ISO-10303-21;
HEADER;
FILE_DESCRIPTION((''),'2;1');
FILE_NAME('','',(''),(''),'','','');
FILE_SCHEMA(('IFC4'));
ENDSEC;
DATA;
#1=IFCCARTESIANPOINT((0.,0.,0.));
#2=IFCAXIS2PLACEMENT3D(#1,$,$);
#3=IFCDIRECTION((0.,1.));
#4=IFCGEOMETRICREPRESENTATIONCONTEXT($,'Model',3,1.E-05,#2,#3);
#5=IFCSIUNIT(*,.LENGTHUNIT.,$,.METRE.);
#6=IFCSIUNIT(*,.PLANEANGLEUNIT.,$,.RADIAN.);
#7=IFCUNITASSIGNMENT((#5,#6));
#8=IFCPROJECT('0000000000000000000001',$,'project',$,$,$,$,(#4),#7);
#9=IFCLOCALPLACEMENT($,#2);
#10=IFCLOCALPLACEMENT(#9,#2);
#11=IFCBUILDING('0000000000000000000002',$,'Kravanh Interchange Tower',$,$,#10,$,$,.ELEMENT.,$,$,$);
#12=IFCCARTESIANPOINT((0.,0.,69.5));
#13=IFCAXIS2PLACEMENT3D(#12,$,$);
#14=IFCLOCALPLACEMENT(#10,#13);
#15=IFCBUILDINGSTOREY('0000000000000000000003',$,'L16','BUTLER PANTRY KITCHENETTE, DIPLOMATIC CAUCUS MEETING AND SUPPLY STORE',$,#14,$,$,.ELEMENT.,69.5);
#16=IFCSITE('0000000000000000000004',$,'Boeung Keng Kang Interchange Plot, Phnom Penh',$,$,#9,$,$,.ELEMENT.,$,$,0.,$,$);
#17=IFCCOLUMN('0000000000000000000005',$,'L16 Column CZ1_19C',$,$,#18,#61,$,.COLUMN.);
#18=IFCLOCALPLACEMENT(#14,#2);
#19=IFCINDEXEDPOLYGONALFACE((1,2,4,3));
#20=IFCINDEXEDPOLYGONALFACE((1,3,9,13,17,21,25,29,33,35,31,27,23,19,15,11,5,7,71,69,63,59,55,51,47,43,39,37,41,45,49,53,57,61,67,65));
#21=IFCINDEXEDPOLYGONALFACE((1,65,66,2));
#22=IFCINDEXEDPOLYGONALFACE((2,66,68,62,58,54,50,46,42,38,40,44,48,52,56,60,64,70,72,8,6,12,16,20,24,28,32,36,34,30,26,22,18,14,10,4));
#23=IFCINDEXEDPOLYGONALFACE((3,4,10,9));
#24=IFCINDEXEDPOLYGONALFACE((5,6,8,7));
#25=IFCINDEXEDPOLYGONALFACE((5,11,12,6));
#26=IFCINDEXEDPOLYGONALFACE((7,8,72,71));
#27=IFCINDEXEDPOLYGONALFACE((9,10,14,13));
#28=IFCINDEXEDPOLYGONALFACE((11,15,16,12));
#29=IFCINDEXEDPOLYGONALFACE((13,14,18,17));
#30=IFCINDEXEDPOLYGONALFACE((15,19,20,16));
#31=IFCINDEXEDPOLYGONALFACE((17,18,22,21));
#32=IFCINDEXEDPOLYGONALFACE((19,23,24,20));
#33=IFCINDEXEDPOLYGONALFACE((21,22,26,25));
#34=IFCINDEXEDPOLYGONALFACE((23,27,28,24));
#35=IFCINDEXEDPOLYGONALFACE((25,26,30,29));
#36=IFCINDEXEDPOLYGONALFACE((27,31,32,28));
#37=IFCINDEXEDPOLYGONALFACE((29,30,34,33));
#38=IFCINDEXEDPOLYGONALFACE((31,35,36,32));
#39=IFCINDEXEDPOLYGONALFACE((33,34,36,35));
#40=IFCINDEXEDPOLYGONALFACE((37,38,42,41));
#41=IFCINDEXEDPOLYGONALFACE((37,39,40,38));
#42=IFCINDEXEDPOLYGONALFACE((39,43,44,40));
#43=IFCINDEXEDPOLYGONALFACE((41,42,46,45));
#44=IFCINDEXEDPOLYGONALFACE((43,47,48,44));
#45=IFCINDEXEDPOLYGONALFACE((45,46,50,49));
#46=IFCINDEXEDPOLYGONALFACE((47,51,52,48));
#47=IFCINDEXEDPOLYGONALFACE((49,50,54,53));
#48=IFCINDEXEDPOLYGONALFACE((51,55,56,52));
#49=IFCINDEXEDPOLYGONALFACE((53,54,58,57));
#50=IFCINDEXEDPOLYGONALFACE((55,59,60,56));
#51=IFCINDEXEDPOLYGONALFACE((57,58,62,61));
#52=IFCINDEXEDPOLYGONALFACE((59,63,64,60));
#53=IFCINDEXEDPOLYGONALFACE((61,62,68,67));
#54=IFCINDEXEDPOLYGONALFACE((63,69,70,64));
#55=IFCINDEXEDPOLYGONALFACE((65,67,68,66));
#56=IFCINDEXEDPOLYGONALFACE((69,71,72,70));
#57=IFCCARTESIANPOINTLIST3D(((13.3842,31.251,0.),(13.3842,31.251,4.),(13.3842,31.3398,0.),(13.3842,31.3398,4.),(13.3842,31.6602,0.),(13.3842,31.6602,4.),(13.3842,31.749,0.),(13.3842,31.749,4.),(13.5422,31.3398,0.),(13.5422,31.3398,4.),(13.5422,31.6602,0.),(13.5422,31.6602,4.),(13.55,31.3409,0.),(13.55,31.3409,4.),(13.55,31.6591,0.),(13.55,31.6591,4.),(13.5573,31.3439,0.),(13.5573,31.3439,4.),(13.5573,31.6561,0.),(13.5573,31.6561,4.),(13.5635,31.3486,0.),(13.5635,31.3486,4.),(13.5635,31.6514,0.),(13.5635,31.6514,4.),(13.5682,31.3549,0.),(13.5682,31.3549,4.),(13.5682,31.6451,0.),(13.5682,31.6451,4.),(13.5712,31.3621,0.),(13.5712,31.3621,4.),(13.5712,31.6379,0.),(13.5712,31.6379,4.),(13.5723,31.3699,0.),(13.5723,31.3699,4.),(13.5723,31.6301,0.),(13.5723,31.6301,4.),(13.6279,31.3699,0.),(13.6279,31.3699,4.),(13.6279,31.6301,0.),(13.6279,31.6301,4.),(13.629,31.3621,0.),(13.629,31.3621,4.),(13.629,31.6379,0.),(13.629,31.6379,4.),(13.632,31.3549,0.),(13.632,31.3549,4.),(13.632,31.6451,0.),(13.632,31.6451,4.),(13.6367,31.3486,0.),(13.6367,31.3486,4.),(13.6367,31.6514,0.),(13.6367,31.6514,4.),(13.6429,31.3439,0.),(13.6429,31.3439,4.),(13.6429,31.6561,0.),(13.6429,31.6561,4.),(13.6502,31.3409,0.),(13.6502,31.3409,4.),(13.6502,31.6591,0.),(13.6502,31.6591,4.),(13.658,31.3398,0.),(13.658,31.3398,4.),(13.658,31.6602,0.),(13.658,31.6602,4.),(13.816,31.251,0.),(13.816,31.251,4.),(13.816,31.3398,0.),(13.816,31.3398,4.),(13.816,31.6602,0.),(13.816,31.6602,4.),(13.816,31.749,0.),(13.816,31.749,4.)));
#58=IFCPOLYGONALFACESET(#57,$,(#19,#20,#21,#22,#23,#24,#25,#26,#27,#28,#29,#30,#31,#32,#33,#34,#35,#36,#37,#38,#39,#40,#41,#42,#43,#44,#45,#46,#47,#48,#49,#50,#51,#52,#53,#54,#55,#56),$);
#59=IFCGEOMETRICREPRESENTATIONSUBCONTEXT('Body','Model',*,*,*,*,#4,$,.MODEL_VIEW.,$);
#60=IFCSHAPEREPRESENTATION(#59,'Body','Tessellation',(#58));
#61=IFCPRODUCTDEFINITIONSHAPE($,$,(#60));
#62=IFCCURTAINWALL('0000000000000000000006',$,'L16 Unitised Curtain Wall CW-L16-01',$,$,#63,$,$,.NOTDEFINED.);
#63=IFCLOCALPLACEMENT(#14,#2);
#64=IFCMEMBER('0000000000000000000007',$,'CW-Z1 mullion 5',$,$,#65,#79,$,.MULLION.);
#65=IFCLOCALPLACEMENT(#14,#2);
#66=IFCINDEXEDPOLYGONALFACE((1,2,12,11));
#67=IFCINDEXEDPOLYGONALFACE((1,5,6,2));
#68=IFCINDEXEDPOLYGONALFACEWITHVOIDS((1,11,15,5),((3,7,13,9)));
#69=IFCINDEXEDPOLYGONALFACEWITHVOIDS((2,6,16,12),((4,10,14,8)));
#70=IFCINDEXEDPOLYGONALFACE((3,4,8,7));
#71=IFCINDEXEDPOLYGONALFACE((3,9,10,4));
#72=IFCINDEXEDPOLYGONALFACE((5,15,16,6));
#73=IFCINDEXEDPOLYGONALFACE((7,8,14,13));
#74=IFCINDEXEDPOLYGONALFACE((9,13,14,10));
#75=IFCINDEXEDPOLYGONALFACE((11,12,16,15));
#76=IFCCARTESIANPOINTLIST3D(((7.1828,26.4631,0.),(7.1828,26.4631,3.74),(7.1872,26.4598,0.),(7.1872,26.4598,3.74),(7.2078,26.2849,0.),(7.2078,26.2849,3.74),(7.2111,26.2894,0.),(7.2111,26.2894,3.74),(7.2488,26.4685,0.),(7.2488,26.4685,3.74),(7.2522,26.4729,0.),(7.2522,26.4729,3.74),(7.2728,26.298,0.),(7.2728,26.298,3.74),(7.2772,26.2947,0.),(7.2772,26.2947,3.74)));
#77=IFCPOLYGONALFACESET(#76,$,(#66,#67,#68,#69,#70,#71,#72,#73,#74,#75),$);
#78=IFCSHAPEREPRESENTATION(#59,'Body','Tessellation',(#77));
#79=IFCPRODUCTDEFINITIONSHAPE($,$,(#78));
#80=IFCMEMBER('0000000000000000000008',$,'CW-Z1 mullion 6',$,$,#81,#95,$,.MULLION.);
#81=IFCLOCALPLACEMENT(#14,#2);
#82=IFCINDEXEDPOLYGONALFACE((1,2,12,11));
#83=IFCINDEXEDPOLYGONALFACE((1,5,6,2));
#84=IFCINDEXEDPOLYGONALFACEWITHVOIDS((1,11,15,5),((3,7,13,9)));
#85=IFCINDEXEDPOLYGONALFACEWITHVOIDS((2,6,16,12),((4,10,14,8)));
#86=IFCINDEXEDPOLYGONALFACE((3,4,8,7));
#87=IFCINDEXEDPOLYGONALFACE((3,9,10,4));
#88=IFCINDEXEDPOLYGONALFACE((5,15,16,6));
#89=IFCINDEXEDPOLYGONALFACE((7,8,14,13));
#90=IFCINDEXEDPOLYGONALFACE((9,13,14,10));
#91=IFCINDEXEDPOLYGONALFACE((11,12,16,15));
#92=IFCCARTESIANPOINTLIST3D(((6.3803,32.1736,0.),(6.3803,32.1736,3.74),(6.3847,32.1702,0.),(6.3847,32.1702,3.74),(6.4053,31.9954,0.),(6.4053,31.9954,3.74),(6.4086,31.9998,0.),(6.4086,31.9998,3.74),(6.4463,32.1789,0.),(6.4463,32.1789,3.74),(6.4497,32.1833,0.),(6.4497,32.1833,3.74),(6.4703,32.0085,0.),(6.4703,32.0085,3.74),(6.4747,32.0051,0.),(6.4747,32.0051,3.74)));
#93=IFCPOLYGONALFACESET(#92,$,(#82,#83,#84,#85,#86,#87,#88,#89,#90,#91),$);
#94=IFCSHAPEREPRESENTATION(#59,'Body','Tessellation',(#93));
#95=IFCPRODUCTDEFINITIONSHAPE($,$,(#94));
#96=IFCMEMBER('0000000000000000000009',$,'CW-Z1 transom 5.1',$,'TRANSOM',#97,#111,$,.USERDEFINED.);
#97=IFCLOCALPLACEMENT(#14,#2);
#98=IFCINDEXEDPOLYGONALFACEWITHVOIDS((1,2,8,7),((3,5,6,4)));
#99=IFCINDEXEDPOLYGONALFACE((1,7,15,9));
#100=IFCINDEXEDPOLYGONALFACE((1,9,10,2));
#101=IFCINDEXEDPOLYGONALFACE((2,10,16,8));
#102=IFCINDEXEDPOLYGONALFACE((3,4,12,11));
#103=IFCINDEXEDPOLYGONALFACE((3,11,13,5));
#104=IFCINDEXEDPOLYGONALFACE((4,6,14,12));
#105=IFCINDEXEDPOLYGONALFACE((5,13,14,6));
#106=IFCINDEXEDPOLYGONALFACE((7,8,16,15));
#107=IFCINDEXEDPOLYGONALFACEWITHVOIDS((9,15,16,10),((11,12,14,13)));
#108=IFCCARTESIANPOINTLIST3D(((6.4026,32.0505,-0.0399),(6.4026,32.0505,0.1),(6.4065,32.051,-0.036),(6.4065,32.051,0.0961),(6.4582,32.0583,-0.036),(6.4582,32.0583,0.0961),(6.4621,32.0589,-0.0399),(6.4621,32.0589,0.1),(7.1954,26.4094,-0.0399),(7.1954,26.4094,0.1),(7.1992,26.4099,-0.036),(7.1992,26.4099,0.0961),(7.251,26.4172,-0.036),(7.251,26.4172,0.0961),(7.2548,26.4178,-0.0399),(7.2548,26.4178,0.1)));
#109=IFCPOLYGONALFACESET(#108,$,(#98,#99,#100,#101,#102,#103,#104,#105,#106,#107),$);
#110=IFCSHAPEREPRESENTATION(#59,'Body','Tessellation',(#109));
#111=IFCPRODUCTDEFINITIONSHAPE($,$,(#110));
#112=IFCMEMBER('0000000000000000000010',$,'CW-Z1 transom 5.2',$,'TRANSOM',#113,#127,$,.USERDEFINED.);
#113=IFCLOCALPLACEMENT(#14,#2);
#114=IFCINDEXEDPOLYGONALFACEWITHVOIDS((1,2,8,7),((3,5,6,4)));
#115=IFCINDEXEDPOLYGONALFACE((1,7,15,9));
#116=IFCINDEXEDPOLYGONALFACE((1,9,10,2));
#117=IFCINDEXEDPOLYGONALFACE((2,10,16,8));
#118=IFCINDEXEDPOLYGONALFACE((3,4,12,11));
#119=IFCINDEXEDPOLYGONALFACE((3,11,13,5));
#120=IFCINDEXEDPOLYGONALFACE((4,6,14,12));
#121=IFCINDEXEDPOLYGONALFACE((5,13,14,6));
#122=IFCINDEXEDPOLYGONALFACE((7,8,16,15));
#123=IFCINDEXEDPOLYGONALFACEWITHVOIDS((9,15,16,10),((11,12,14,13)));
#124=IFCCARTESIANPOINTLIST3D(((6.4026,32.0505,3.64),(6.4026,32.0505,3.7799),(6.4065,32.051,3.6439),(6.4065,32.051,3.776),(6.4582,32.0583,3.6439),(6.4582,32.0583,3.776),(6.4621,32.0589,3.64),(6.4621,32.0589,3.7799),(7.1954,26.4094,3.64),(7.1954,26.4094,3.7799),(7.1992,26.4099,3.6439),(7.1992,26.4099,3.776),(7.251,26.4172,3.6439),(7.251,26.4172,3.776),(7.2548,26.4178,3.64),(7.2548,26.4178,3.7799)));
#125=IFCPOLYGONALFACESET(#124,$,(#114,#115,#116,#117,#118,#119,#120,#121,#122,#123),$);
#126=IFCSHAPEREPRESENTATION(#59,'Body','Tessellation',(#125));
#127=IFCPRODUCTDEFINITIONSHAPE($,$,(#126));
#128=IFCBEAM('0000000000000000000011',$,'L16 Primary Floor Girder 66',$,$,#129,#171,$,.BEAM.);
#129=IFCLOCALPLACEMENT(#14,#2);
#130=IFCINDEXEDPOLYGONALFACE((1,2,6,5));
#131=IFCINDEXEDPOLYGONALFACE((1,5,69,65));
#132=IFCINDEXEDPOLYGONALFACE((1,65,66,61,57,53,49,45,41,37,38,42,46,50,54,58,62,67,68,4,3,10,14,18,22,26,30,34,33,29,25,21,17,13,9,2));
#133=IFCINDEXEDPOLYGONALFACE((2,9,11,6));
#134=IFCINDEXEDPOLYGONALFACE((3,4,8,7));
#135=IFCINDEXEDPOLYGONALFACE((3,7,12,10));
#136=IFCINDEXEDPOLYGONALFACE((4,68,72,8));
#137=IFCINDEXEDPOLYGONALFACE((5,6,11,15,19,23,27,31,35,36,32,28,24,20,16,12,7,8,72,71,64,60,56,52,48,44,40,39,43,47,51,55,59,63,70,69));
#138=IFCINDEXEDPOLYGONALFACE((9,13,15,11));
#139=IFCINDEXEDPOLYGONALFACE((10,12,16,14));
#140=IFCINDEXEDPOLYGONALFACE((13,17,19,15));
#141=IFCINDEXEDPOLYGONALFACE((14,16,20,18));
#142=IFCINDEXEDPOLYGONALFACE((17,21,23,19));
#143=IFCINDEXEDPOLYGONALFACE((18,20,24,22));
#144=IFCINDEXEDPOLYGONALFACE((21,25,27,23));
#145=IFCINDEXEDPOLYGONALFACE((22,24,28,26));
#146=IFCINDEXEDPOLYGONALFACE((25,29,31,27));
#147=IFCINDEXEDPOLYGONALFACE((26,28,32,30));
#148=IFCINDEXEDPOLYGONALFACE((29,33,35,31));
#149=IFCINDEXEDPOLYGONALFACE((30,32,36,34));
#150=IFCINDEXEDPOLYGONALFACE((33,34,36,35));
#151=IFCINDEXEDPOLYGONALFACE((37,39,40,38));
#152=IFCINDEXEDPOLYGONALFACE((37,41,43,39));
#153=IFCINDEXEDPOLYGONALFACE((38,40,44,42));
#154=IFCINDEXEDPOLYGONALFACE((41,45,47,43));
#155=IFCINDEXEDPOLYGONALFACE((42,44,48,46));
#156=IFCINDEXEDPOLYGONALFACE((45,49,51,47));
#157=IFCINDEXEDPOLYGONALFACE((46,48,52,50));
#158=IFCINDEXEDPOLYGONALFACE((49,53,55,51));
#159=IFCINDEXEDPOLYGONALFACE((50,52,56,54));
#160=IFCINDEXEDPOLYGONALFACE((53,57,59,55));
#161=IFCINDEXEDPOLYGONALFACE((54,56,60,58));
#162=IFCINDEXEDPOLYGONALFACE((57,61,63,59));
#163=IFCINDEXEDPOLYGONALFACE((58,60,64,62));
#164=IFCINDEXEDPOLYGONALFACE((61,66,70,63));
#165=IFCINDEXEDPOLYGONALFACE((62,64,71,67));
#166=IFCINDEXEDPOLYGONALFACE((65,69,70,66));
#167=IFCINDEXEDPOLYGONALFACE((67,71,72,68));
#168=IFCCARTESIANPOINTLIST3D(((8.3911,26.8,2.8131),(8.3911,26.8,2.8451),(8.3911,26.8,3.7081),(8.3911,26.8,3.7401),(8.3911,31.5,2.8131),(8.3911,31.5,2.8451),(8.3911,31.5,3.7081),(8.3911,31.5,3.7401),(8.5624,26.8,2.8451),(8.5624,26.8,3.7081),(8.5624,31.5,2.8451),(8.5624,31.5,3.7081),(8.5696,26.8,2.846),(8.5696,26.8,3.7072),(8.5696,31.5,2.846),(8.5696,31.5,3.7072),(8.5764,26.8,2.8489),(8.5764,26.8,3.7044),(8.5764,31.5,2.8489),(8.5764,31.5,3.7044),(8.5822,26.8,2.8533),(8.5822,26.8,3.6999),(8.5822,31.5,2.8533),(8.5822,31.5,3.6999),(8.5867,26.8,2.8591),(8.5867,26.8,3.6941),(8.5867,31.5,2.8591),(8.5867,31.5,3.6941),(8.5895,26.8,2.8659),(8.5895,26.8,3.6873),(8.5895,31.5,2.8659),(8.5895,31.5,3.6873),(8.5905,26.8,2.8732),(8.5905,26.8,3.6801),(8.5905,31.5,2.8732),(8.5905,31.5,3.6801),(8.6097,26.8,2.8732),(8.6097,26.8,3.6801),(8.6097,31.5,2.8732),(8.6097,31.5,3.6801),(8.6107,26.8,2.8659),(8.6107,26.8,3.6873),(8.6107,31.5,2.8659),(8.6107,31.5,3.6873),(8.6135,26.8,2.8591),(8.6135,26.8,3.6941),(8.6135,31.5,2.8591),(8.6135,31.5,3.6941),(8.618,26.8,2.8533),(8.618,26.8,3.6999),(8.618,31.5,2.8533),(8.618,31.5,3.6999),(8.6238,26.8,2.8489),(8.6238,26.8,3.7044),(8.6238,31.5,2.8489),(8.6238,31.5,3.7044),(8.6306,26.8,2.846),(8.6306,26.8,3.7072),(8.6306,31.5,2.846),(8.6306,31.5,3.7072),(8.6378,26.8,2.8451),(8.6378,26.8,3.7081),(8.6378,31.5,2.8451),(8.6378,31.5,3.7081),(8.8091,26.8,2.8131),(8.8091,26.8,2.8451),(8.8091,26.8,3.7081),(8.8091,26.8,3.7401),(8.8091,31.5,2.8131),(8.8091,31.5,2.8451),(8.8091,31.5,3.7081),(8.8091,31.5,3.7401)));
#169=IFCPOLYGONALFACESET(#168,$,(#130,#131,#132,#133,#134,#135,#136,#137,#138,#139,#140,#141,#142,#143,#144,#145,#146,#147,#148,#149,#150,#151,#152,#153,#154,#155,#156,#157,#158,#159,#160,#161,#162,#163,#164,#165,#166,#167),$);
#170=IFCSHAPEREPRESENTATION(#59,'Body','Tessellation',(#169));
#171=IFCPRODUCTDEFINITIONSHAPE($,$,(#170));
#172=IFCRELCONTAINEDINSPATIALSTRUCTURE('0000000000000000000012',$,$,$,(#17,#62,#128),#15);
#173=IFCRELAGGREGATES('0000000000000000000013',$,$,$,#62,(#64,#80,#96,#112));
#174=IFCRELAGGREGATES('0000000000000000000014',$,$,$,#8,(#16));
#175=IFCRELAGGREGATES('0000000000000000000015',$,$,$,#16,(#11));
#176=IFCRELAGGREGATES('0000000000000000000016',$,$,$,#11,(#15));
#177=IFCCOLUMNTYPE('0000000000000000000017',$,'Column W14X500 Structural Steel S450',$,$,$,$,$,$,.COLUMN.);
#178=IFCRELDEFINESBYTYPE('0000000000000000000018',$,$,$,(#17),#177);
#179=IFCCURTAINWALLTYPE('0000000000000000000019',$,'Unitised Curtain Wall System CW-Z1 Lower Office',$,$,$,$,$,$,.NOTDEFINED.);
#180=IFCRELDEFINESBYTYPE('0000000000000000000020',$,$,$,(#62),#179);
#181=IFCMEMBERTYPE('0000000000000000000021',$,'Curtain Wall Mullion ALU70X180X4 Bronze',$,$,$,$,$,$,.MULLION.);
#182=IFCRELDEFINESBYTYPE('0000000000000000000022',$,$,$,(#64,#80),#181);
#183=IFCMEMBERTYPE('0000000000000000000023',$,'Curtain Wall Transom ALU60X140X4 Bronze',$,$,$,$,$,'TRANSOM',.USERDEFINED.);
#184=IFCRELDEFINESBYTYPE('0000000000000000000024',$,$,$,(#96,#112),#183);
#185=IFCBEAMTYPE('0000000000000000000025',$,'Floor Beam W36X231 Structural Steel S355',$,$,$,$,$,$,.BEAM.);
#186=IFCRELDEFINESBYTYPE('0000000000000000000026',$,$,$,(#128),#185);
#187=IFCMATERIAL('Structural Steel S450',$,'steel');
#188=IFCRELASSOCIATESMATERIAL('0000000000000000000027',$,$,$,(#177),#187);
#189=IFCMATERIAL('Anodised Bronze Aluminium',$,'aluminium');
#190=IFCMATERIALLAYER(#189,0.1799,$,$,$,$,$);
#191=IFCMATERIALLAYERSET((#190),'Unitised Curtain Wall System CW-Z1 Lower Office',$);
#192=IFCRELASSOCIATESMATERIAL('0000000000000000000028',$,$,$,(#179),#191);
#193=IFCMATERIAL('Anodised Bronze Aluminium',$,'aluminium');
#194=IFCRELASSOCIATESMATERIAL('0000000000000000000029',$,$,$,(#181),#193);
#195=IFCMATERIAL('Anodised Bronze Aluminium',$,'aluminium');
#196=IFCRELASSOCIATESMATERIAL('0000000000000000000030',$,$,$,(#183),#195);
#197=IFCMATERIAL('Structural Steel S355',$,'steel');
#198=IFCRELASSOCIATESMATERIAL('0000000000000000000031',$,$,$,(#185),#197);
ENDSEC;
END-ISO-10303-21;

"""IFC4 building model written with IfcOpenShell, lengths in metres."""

from ifc_helpers import new_model, si_unit, direction, frame, origin, origin_2d, place, context, subcontext, project, spatial, hollow_rectangle, i_section, extrude, material, layer, layer_set, material_profile, profile_set, type_object, element, aggregate, save


model = new_model("IFC4")

# Units and contexts
model_context = context("Model", 3, precision=1e-05, world=origin(), true_north=direction((0.0, 1.0)))
body_context = subcontext(model_context, "Body", "Model", "MODEL_VIEW")
ifc_project = project(units=[si_unit("LENGTHUNIT", "METRE"), si_unit("PLANEANGLEUNIT", "RADIAN")], contexts=[model_context])

# Site, building, storey
site_placement = place(None, origin())
site = spatial("IfcSite", under=ifc_project, at=site_placement, Name="Boeung Keng Kang Interchange Plot, Phnom Penh", CompositionType="ELEMENT", RefElevation=0.0)
building_placement = place(site_placement, origin())
building = spatial("IfcBuilding", under=site, at=building_placement, Name="Kravanh Interchange Tower", CompositionType="ELEMENT")
storey_placement = place(building_placement, frame((0.0, 0.0, 69.5)))
storey = spatial("IfcBuildingStorey", under=building, at=storey_placement, Name="L16", Description="BUTLER PANTRY KITCHENETTE, DIPLOMATIC CAUCUS MEETING AND SUPPLY STORE", CompositionType="ELEMENT", Elevation=69.5)

# Column
ifc_material_1 = material(Name="Structural Steel S450", Category="steel")
ifc_material_profile_1 = material_profile(ifc_material_1, i_section(OverallWidth=0.4319, OverallDepth=0.498, WebThickness=0.0557, FlangeThickness=0.0889, FilletRadius=0.03, at=origin_2d()), Name="W14X500")
ifc_profile_set_1 = profile_set([ifc_material_profile_1], Name="Structural Steel S450")
column_type = type_object("IfcColumnType", Name="Column W14X500 Structural Steel S450", PredefinedType="COLUMN", material=ifc_profile_set_1)
for number, where, z_axis, x_axis, name in (
    (1, (13.6001, 31.5, 0.0), (0.0, 0.0, 1.0), (1.0, 0.0, 0.0), "L16 Column CZ1_19C"),
):
    element("IfcColumn", number, at=place(storey_placement, frame(where, z_axis=z_axis, x_axis=x_axis)), inside=storey, type_object=column_type, Name=name, PredefinedType="COLUMN", context=body_context, shape_type="SweptSolid", body=[
        extrude(i_section(OverallWidth=0.4319, OverallDepth=0.498, WebThickness=0.0557, FlangeThickness=0.0889, FilletRadius=0.03, at=origin_2d()), origin(), (0.0, 0.0, 1.0), 4.0),
    ])

# Curtain wall, members
ifc_material_2 = material(Name="Anodised Bronze Aluminium", Category="aluminium")
ifc_layer_1 = layer(ifc_material_2, 0.1799)
ifc_layer_set_1 = layer_set([ifc_layer_1], Name="Unitised Curtain Wall System CW-Z1 Lower Office")
curtain_wall_type = type_object("IfcCurtainWallType", Name="Unitised Curtain Wall System CW-Z1 Lower Office", PredefinedType="NOTDEFINED", material=ifc_layer_set_1)
curtain_wall_placement = place(storey_placement, origin())
curtain_wall = element("IfcCurtainWall", 2, at=curtain_wall_placement, inside=storey, type_object=curtain_wall_type, Name="L16 Unitised Curtain Wall CW-L16-01", PredefinedType="NOTDEFINED")
ifc_material_3 = material(Name="Anodised Bronze Aluminium", Category="aluminium")
ifc_material_profile_2 = material_profile(ifc_material_3, hollow_rectangle(XDim=0.0701, YDim=0.1799, WallThickness=0.0039, at=origin_2d()), Name="ALU70X180X4")
ifc_profile_set_2 = profile_set([ifc_material_profile_2], Name="Anodised Bronze Aluminium")
member_type_1 = type_object("IfcMemberType", Name="Curtain Wall Mullion ALU70X180X4 Bronze", PredefinedType="MULLION", material=ifc_profile_set_2)
member_1_placement = place(storey_placement, frame((7.23, 26.3789, 0.0), z_axis=(0.0, 0.0, 1.0), x_axis=(-0.990268, -0.139177, 0.0)))
member_1 = element("IfcMember", 3, at=member_1_placement, type_object=member_type_1, Name="CW-Z1 mullion 5", PredefinedType="MULLION", context=body_context, shape_type="SweptSolid", body=[
    extrude(hollow_rectangle(XDim=0.0701, YDim=0.1799, WallThickness=0.0039, at=origin_2d()), origin(), (0.0, 0.0, 1.0), 3.74),
])
member_2_placement = place(storey_placement, frame((6.4275, 32.0894, 0.0), z_axis=(0.0, 0.0, 1.0), x_axis=(-0.990268, -0.139177, 0.0)))
member_2 = element("IfcMember", 4, at=member_2_placement, type_object=member_type_1, Name="CW-Z1 mullion 6", PredefinedType="MULLION", context=body_context, shape_type="SweptSolid", body=[
    extrude(hollow_rectangle(XDim=0.0701, YDim=0.1799, WallThickness=0.0039, at=origin_2d()), origin(), (0.0, 0.0, 1.0), 3.74),
])
ifc_material_4 = material(Name="Anodised Bronze Aluminium", Category="aluminium")
ifc_material_profile_3 = material_profile(ifc_material_4, hollow_rectangle(XDim=0.0601, YDim=0.1399, WallThickness=0.0039, at=origin_2d()), Name="ALU60X140X4")
ifc_profile_set_3 = profile_set([ifc_material_profile_3], Name="Anodised Bronze Aluminium")
member_type_2 = type_object("IfcMemberType", Name="Curtain Wall Transom ALU60X140X4 Bronze", ElementType="TRANSOM", PredefinedType="USERDEFINED", material=ifc_profile_set_3)
member_3_placement = place(storey_placement, frame((7.2251, 26.4136, 0.03), z_axis=(-0.139159, 0.99027, 0.0), x_axis=(-0.99027, -0.139159, 0.0)))
member_3 = element("IfcMember", 5, at=member_3_placement, type_object=member_type_2, Name="CW-Z1 transom 5.1", ObjectType="TRANSOM", PredefinedType="USERDEFINED", context=body_context, shape_type="SweptSolid", body=[
    extrude(hollow_rectangle(XDim=0.0601, YDim=0.1399, WallThickness=0.0039, at=origin_2d()), origin(), (0.0, 0.0, 1.0), 5.6965),
])
member_4_placement = place(storey_placement, frame((7.2251, 26.4136, 3.71), z_axis=(-0.139159, 0.99027, 0.0), x_axis=(-0.99027, -0.139159, 0.0)))
member_4 = element("IfcMember", 6, at=member_4_placement, type_object=member_type_2, Name="CW-Z1 transom 5.2", ObjectType="TRANSOM", PredefinedType="USERDEFINED", context=body_context, shape_type="SweptSolid", body=[
    extrude(hollow_rectangle(XDim=0.0601, YDim=0.1399, WallThickness=0.0039, at=origin_2d()), origin(), (0.0, 0.0, 1.0), 5.6965),
])

# Beam
ifc_material_5 = material(Name="Structural Steel S355", Category="steel")
ifc_material_profile_4 = material_profile(ifc_material_5, i_section(OverallWidth=0.418, OverallDepth=0.927, WebThickness=0.0193, FlangeThickness=0.032, FilletRadius=0.0281, at=origin_2d()), Name="W36X231")
ifc_profile_set_4 = profile_set([ifc_material_profile_4], Name="Structural Steel S355")
beam_type_1 = type_object("IfcBeamType", Name="Floor Beam W36X231 Structural Steel S355", PredefinedType="BEAM", material=ifc_profile_set_4)
beam_1_placement = place(storey_placement, frame((8.6001, 26.8, 3.2766), z_axis=(0.0, 1.0, 0.0), x_axis=(-1.0, 0.0, 0.0)))
element("IfcBeam", 7, at=beam_1_placement, inside=storey, type_object=beam_type_1, Name="L16 Primary Floor Girder 66", PredefinedType="BEAM", context=body_context, shape_type="SweptSolid", body=[
    extrude(i_section(OverallWidth=0.418, OverallDepth=0.927, WebThickness=0.0193, FlangeThickness=0.032, FilletRadius=0.0281, at=origin_2d()), origin(), (0.0, 0.0, 1.0), 4.7),
])

aggregate(curtain_wall, [member_1, member_2, member_3, member_4])

save(model, "model.ifc")
